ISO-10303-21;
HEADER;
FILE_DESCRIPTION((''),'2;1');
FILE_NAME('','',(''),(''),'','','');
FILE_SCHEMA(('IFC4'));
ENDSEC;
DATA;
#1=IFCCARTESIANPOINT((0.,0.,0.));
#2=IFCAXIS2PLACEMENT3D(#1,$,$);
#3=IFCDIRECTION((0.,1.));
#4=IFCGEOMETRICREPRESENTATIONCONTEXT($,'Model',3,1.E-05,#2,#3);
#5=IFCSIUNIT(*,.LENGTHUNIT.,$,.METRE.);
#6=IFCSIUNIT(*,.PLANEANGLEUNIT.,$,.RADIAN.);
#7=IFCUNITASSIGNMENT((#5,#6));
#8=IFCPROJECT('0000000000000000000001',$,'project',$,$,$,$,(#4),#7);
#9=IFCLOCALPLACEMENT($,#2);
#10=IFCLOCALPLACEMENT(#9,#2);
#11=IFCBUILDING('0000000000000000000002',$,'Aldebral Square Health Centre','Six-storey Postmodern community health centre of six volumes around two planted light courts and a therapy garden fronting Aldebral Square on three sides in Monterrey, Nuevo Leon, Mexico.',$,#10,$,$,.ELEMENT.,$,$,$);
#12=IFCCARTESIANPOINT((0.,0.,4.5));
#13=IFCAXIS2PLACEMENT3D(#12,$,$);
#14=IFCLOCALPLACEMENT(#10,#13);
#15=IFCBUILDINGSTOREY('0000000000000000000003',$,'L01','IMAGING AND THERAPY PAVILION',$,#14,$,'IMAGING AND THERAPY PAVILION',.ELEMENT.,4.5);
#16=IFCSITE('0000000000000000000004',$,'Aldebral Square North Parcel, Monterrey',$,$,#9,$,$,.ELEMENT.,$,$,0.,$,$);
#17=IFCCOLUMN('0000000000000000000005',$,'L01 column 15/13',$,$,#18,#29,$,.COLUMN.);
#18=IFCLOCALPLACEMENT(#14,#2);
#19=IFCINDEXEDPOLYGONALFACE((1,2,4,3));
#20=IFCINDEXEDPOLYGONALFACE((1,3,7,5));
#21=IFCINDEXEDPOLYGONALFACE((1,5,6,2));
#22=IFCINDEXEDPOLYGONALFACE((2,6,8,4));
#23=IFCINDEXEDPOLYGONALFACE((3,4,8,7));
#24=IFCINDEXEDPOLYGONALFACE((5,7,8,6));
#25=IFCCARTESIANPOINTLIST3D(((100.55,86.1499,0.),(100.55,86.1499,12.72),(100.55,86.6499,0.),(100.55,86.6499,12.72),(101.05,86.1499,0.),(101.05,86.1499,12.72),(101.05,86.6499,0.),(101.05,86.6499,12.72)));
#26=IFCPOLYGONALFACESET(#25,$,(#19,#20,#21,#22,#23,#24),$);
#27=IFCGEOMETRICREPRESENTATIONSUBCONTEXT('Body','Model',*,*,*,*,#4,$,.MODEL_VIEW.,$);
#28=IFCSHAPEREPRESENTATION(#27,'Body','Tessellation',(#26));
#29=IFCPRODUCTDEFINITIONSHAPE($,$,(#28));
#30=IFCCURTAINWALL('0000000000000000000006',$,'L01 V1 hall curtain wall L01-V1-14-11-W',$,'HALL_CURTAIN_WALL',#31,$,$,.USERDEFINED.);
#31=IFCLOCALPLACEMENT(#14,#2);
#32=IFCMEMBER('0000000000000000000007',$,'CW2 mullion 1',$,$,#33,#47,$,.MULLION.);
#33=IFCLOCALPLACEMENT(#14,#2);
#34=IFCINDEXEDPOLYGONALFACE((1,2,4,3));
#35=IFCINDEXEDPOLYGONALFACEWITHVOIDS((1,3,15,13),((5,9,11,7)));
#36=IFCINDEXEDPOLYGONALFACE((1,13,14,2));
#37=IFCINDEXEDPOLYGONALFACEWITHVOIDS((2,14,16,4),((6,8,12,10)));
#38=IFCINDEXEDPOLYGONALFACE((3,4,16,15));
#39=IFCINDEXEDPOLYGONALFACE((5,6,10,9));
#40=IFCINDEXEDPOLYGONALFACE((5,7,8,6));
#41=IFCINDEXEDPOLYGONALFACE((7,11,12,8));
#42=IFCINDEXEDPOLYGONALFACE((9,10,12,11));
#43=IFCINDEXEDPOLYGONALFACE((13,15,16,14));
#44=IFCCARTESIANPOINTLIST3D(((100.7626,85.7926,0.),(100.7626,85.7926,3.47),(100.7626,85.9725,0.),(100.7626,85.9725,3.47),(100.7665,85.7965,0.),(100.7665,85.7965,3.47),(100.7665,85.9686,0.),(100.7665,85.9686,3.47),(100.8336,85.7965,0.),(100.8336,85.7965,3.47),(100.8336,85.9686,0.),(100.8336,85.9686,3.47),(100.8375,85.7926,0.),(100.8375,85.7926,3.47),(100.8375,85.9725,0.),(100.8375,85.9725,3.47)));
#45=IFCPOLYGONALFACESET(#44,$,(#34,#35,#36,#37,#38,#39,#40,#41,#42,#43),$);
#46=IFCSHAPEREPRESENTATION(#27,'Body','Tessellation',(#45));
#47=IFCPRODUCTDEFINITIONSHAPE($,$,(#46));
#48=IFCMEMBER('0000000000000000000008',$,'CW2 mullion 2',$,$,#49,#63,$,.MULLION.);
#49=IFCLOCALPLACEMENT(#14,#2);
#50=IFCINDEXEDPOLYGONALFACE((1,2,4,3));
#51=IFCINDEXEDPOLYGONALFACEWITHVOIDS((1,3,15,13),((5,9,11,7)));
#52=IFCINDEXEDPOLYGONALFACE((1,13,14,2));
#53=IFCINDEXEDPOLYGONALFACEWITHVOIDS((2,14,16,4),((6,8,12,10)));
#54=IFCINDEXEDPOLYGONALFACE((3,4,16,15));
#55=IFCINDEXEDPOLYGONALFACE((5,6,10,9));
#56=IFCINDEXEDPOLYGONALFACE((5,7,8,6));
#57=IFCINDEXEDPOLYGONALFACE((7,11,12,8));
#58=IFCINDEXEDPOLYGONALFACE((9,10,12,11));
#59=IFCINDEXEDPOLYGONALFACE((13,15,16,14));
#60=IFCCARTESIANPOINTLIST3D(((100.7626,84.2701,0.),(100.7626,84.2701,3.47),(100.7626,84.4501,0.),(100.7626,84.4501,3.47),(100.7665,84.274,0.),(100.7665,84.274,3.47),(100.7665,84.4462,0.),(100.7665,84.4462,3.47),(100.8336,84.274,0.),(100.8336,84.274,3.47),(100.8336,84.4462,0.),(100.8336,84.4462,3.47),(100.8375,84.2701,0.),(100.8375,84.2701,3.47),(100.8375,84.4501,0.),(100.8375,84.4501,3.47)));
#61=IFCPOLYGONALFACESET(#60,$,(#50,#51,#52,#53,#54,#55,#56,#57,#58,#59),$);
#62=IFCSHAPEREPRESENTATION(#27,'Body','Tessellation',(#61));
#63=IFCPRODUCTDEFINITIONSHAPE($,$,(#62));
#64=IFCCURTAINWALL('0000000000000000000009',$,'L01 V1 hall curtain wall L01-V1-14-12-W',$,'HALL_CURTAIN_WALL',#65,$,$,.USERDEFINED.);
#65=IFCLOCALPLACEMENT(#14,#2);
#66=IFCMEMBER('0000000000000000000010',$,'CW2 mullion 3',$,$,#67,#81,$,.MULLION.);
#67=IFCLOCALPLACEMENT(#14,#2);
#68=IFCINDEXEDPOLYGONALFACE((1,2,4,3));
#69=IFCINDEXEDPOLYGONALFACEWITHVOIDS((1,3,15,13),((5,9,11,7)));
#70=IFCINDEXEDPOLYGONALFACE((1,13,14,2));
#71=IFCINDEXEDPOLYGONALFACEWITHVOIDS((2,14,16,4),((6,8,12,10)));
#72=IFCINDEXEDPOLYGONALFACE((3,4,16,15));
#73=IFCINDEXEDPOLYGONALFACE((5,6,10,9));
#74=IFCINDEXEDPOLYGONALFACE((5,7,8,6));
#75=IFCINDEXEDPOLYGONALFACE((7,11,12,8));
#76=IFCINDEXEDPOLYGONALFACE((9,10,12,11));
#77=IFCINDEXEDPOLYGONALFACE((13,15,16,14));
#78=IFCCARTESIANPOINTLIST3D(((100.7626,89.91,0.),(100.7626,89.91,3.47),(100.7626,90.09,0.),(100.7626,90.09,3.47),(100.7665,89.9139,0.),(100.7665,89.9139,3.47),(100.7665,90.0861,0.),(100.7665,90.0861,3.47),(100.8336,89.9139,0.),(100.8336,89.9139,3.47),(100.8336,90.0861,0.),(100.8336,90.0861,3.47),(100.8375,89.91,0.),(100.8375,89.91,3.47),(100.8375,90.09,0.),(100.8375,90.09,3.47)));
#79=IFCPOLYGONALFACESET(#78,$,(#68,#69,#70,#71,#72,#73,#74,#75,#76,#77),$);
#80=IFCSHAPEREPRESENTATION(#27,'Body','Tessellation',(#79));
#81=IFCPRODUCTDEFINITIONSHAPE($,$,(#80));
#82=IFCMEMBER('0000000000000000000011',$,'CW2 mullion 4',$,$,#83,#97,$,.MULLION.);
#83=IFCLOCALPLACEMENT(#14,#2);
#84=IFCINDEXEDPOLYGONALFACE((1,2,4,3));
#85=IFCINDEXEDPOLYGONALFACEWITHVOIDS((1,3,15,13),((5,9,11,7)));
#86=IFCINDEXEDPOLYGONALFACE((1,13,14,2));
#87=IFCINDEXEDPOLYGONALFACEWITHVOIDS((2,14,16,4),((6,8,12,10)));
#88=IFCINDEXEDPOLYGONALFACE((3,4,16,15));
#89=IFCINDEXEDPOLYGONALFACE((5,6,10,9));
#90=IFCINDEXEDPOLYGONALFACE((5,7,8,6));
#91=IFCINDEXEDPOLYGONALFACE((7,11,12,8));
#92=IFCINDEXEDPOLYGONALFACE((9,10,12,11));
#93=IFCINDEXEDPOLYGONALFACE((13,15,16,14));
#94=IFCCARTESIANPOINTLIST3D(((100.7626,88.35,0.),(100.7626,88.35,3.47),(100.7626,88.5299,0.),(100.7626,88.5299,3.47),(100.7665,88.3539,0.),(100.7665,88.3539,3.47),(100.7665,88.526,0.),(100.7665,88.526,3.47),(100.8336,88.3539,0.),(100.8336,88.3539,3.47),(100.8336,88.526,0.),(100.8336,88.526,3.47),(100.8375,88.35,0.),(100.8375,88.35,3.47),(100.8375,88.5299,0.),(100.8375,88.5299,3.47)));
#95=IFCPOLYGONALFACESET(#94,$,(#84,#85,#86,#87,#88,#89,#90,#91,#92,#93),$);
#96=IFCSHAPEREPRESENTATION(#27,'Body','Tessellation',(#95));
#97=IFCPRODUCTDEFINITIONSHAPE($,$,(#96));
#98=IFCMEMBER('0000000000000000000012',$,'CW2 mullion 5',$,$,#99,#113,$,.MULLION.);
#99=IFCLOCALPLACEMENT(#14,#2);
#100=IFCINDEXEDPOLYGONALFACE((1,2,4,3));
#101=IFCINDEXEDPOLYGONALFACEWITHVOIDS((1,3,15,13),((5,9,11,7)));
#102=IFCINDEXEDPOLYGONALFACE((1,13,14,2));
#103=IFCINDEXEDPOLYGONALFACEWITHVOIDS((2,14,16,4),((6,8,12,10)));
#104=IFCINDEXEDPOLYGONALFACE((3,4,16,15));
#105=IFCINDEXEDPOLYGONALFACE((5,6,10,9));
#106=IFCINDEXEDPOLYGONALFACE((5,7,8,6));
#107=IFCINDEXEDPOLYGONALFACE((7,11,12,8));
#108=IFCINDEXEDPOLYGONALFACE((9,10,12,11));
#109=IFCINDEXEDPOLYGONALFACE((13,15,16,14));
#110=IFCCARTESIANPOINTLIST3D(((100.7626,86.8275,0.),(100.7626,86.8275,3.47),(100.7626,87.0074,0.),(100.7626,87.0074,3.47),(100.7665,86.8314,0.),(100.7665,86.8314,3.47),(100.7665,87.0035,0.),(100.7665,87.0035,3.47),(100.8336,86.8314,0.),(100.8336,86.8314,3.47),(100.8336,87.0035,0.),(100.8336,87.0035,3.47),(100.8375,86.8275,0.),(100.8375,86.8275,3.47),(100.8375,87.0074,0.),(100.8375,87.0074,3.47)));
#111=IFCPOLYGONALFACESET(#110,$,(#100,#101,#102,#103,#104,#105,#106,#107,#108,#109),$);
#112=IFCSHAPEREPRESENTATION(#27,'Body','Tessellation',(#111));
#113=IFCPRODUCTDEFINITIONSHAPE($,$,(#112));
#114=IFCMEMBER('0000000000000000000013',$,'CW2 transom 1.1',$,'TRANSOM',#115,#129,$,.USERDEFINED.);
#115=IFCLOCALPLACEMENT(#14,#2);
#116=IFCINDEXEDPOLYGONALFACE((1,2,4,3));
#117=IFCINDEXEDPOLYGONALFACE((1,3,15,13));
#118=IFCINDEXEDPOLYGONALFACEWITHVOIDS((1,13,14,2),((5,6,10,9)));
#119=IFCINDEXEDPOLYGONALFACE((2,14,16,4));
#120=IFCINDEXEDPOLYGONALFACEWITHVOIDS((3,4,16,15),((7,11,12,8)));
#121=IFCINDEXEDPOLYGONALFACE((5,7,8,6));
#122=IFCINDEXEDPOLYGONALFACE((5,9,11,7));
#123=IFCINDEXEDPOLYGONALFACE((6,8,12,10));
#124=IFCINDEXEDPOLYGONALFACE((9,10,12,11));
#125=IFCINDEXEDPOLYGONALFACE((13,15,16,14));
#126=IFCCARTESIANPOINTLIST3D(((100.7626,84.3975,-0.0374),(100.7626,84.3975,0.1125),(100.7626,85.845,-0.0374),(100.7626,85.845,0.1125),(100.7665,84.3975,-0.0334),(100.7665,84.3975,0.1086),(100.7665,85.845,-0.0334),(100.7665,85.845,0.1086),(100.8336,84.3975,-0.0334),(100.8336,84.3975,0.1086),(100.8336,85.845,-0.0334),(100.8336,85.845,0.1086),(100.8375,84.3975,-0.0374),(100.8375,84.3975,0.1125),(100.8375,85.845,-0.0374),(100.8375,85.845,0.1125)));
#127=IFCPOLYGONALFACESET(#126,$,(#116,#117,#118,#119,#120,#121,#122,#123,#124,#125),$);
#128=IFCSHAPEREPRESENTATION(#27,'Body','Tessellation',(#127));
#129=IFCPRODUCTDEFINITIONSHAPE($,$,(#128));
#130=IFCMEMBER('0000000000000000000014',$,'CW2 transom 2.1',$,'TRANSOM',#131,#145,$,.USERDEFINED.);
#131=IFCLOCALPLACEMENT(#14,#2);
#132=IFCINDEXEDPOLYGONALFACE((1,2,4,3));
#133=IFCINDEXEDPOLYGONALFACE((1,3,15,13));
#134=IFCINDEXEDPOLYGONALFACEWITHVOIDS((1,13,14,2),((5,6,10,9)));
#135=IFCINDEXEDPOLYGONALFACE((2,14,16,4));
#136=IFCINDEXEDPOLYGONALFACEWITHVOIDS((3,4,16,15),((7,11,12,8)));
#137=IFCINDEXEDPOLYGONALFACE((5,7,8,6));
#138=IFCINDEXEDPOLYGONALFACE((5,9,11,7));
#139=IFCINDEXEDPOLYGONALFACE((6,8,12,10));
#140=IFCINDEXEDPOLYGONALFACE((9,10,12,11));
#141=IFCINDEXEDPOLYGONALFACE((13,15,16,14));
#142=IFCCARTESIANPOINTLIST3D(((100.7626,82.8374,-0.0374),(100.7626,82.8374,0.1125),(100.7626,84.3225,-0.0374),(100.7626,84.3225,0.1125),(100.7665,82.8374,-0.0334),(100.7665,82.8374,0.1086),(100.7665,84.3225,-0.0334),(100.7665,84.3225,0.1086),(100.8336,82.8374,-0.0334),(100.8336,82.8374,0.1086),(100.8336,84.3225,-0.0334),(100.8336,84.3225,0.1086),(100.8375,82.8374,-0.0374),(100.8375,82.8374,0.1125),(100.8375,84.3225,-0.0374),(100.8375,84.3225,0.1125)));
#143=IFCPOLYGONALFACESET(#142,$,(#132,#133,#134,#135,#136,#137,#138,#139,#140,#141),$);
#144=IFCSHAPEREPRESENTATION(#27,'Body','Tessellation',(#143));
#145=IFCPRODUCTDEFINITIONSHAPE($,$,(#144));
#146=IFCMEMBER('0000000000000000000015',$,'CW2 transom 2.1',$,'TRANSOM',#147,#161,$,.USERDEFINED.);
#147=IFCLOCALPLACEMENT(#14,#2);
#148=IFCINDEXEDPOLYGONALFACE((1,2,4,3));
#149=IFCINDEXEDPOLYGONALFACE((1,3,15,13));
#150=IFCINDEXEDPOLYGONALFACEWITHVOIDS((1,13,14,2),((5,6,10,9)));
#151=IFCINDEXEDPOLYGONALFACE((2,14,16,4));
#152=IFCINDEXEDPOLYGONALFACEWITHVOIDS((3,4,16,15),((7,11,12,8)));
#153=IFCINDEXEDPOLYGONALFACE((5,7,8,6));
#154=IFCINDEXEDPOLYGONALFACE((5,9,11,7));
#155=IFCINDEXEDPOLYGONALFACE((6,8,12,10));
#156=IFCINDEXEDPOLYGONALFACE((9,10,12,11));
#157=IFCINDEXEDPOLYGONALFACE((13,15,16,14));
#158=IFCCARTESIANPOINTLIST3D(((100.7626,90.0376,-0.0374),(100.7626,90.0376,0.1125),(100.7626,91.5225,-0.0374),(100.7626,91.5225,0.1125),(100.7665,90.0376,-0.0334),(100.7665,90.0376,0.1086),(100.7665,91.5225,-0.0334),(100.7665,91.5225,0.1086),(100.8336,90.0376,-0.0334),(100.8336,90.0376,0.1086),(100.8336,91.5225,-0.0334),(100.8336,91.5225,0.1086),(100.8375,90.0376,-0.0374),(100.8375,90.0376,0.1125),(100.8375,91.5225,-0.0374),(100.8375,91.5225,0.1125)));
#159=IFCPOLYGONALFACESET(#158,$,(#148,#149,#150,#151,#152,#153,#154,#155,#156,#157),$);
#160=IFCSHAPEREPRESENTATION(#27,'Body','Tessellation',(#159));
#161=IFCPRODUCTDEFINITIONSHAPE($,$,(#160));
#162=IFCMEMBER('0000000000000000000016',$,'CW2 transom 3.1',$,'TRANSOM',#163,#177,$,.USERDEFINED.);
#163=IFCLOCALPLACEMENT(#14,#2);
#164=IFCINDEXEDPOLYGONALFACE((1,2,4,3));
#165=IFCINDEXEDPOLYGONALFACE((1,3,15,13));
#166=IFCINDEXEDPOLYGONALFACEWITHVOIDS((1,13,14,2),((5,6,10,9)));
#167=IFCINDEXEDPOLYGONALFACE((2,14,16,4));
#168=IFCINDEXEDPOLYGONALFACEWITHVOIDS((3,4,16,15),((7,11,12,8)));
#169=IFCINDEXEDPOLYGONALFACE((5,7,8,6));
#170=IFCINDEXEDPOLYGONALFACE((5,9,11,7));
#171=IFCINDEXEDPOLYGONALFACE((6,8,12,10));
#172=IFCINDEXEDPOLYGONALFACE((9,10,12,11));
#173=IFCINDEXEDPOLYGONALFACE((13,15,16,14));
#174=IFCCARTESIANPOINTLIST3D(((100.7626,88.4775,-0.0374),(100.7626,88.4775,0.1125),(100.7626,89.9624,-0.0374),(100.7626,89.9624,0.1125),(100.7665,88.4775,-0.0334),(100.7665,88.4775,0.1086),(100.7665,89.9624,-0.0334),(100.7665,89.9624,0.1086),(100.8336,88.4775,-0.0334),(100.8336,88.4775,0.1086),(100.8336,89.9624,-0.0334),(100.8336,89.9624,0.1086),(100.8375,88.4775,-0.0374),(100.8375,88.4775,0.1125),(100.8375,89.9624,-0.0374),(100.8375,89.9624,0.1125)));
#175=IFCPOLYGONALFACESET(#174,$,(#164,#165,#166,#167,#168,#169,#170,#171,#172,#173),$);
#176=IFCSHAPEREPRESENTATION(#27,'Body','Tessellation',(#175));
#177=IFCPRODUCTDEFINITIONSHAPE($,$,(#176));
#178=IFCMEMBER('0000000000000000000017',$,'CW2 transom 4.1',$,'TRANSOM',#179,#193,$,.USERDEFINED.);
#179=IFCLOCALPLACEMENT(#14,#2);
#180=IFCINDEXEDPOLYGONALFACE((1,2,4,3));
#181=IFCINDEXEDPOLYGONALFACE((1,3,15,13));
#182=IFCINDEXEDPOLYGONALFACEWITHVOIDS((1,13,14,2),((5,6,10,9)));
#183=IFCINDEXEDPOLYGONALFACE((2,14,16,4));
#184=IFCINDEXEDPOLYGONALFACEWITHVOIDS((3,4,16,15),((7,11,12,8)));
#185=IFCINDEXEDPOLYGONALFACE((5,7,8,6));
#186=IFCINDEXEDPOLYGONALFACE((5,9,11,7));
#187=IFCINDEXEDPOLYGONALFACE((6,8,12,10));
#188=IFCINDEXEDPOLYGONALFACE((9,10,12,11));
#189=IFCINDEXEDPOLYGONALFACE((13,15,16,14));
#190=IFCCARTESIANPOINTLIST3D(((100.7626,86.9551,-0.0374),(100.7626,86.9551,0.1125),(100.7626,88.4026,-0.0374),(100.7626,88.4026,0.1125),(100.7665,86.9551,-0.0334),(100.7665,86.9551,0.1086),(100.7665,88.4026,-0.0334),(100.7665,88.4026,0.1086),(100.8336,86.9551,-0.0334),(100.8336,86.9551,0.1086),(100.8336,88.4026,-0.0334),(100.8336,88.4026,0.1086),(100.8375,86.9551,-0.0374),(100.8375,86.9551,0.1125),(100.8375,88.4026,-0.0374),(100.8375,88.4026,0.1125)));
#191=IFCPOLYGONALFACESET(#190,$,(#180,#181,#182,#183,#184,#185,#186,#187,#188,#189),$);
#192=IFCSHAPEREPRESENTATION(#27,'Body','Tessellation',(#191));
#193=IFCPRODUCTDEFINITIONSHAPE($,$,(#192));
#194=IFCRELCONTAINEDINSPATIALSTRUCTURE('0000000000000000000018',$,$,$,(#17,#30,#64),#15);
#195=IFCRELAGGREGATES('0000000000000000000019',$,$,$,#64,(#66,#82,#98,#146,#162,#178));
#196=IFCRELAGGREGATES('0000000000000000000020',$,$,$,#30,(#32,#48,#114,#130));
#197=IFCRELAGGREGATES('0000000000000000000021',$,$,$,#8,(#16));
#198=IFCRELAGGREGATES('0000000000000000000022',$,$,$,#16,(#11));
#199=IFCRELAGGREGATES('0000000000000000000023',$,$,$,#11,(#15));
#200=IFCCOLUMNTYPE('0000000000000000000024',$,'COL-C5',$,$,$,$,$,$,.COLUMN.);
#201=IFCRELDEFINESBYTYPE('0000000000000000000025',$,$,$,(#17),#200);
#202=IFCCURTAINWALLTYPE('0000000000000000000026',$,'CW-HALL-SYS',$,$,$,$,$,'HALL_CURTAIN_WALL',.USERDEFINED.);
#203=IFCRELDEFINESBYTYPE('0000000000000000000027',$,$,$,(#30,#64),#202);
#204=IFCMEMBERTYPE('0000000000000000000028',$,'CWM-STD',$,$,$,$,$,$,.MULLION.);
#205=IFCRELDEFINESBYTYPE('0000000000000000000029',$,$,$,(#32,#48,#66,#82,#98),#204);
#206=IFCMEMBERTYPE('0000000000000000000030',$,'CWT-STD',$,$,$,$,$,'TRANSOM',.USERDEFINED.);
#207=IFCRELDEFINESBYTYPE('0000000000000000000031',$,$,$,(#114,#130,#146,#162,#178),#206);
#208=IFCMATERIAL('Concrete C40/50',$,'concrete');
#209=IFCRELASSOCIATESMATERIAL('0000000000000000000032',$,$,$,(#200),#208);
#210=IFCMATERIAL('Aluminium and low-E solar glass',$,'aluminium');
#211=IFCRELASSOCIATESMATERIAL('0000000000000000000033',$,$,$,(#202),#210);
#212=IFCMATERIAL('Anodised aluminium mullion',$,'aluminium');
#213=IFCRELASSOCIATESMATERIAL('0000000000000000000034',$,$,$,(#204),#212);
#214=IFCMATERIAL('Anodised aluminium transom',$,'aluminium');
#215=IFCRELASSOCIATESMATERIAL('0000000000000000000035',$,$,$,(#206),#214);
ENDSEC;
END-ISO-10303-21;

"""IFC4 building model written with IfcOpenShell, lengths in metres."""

from ifc_helpers import new_model, si_unit, direction, frame, origin, origin_2d, place, context, subcontext, project, spatial, rectangle, hollow_rectangle, extrude, material, material_profile, profile_set, type_object, element, aggregate, save


model = new_model("IFC4")

# Units and contexts
model_context = context("Model", 3, precision=1e-05, world=origin(), true_north=direction((0.0, 1.0)))
body_context = subcontext(model_context, "Body", "Model", "MODEL_VIEW")
ifc_project = project(units=[si_unit("LENGTHUNIT", "METRE"), si_unit("PLANEANGLEUNIT", "RADIAN")], contexts=[model_context])

# Site, building, storey
site_placement = place(None, origin())
site = spatial("IfcSite", under=ifc_project, at=site_placement, Name="Aldebral Square North Parcel, Monterrey", CompositionType="ELEMENT", RefElevation=0.0)
building_placement = place(site_placement, origin())
building = spatial("IfcBuilding", under=site, at=building_placement, Name="Aldebral Square Health Centre", Description="Six-storey Postmodern community health centre of six volumes around two planted light courts and a therapy garden fronting Aldebral Square on three sides in Monterrey, Nuevo Leon, Mexico.", CompositionType="ELEMENT")
storey_placement = place(building_placement, frame((0.0, 0.0, 4.5)))
storey = spatial("IfcBuildingStorey", under=building, at=storey_placement, Name="L01", Description="IMAGING AND THERAPY PAVILION", LongName="IMAGING AND THERAPY PAVILION", CompositionType="ELEMENT", Elevation=4.5)

# Column
ifc_material_1 = material(Name="Concrete C40/50", Category="concrete")
ifc_material_profile_1 = material_profile(ifc_material_1, rectangle(XDim=0.5, YDim=0.5, at=origin_2d()), Name="RC 500x500")
ifc_profile_set_1 = profile_set([ifc_material_profile_1], Name="Concrete C40/50")
column_type = type_object("IfcColumnType", Name="COL-C5", PredefinedType="COLUMN", material=ifc_profile_set_1)
column_placement = place(storey_placement, frame((100.8, 86.3999, 0.0), z_axis=(0.0, 0.0, 1.0), x_axis=(1.0, 0.0, 0.0)))
element("IfcColumn", 1, at=column_placement, inside=storey, type_object=column_type, Name="L01 column 15/13", PredefinedType="COLUMN", context=body_context, shape_type="SweptSolid", body=[
    extrude(rectangle(XDim=0.5, YDim=0.5, at=origin_2d()), origin(), (0.0, 0.0, 1.0), 12.72),
])

# Curtain walls, members
ifc_material_2 = material(Name="Aluminium and low-E solar glass", Category="aluminium")
curtain_wall_type = type_object("IfcCurtainWallType", Name="CW-HALL-SYS", ElementType="HALL_CURTAIN_WALL", PredefinedType="USERDEFINED", material=ifc_material_2)
curtain_wall_1_placement = place(storey_placement, origin())
curtain_wall_1 = element("IfcCurtainWall", 2, at=curtain_wall_1_placement, inside=storey, type_object=curtain_wall_type, Name="L01 V1 hall curtain wall L01-V1-14-11-W", ObjectType="HALL_CURTAIN_WALL", PredefinedType="USERDEFINED")
ifc_material_3 = material(Name="Anodised aluminium mullion", Category="aluminium")
ifc_material_profile_2 = material_profile(ifc_material_3, hollow_rectangle(XDim=0.075, YDim=0.1799, WallThickness=0.0039, at=origin_2d()), Name="CWM 75x180x4")
ifc_profile_set_2 = profile_set([ifc_material_profile_2], Name="Anodised aluminium mullion")
member_type_1 = type_object("IfcMemberType", Name="CWM-STD", PredefinedType="MULLION", material=ifc_profile_set_2)
member_1_placement = place(storey_placement, frame((100.8, 85.8826, 0.0), z_axis=(0.0, 0.0, 1.0), x_axis=(1.0, 0.0, 0.0)))
member_1 = element("IfcMember", 3, at=member_1_placement, type_object=member_type_1, Name="CW2 mullion 1", PredefinedType="MULLION", context=body_context, shape_type="SweptSolid", body=[
    extrude(hollow_rectangle(XDim=0.075, YDim=0.1799, WallThickness=0.0039, at=origin_2d()), origin(), (0.0, 0.0, 1.0), 3.47),
])
member_2_placement = place(storey_placement, frame((100.8, 84.3601, 0.0), z_axis=(0.0, 0.0, 1.0), x_axis=(1.0, 0.0, 0.0)))
member_2 = element("IfcMember", 4, at=member_2_placement, type_object=member_type_1, Name="CW2 mullion 2", PredefinedType="MULLION", context=body_context, shape_type="SweptSolid", body=[
    extrude(hollow_rectangle(XDim=0.075, YDim=0.1799, WallThickness=0.0039, at=origin_2d()), origin(), (0.0, 0.0, 1.0), 3.47),
])
curtain_wall_2_placement = place(storey_placement, origin())
curtain_wall_2 = element("IfcCurtainWall", 5, at=curtain_wall_2_placement, inside=storey, type_object=curtain_wall_type, Name="L01 V1 hall curtain wall L01-V1-14-12-W", ObjectType="HALL_CURTAIN_WALL", PredefinedType="USERDEFINED")
member_3_placement = place(storey_placement, frame((100.8, 90.0, 0.0), z_axis=(0.0, 0.0, 1.0), x_axis=(1.0, 0.0, 0.0)))
member_3 = element("IfcMember", 6, at=member_3_placement, type_object=member_type_1, Name="CW2 mullion 3", PredefinedType="MULLION", context=body_context, shape_type="SweptSolid", body=[
    extrude(hollow_rectangle(XDim=0.075, YDim=0.1799, WallThickness=0.0039, at=origin_2d()), origin(), (0.0, 0.0, 1.0), 3.47),
])
member_4_placement = place(storey_placement, frame((100.8, 88.4399, 0.0), z_axis=(0.0, 0.0, 1.0), x_axis=(1.0, 0.0, 0.0)))
member_4 = element("IfcMember", 7, at=member_4_placement, type_object=member_type_1, Name="CW2 mullion 4", PredefinedType="MULLION", context=body_context, shape_type="SweptSolid", body=[
    extrude(hollow_rectangle(XDim=0.075, YDim=0.1799, WallThickness=0.0039, at=origin_2d()), origin(), (0.0, 0.0, 1.0), 3.47),
])
member_5_placement = place(storey_placement, frame((100.8, 86.9175, 0.0), z_axis=(0.0, 0.0, 1.0), x_axis=(1.0, 0.0, 0.0)))
member_5 = element("IfcMember", 8, at=member_5_placement, type_object=member_type_1, Name="CW2 mullion 5", PredefinedType="MULLION", context=body_context, shape_type="SweptSolid", body=[
    extrude(hollow_rectangle(XDim=0.075, YDim=0.1799, WallThickness=0.0039, at=origin_2d()), origin(), (0.0, 0.0, 1.0), 3.47),
])

# Members
ifc_material_4 = material(Name="Anodised aluminium transom", Category="aluminium")
ifc_material_profile_3 = material_profile(ifc_material_4, hollow_rectangle(XDim=0.075, YDim=0.1499, WallThickness=0.0039, at=origin_2d()), Name="CWT 75x150x4")
ifc_profile_set_3 = profile_set([ifc_material_profile_3], Name="Anodised aluminium transom")
member_type_2 = type_object("IfcMemberType", Name="CWT-STD", ElementType="TRANSOM", PredefinedType="USERDEFINED", material=ifc_profile_set_3)
member_6_placement = place(storey_placement, frame((100.8, 85.845, 0.0376), z_axis=(0.0, -1.0, 0.0), x_axis=(1.0, 0.0, 0.0)))
member_6 = element("IfcMember", 9, at=member_6_placement, type_object=member_type_2, Name="CW2 transom 1.1", ObjectType="TRANSOM", PredefinedType="USERDEFINED", context=body_context, shape_type="SweptSolid", body=[
    extrude(hollow_rectangle(XDim=0.075, YDim=0.1499, WallThickness=0.0039, at=origin_2d()), origin(), (0.0, 0.0, 1.0), 1.4475),
])
member_7_placement = place(storey_placement, frame((100.8, 84.3225, 0.0376), z_axis=(0.0, -1.0, 0.0), x_axis=(1.0, 0.0, 0.0)))
member_7 = element("IfcMember", 10, at=member_7_placement, type_object=member_type_2, Name="CW2 transom 2.1", ObjectType="TRANSOM", PredefinedType="USERDEFINED", context=body_context, shape_type="SweptSolid", body=[
    extrude(hollow_rectangle(XDim=0.075, YDim=0.1499, WallThickness=0.0039, at=origin_2d()), origin(), (0.0, 0.0, 1.0), 1.4851),
])
member_8_placement = place(storey_placement, frame((100.8, 91.5225, 0.0376), z_axis=(0.0, -1.0, 0.0), x_axis=(1.0, 0.0, 0.0)))
member_8 = element("IfcMember", 11, at=member_8_placement, type_object=member_type_2, Name="CW2 transom 2.1", ObjectType="TRANSOM", PredefinedType="USERDEFINED", context=body_context, shape_type="SweptSolid", body=[
    extrude(hollow_rectangle(XDim=0.075, YDim=0.1499, WallThickness=0.0039, at=origin_2d()), origin(), (0.0, 0.0, 1.0), 1.4849),
])
member_9_placement = place(storey_placement, frame((100.8, 89.9624, 0.0376), z_axis=(0.0, -1.0, 0.0), x_axis=(1.0, 0.0, 0.0)))
member_9 = element("IfcMember", 12, at=member_9_placement, type_object=member_type_2, Name="CW2 transom 3.1", ObjectType="TRANSOM", PredefinedType="USERDEFINED", context=body_context, shape_type="SweptSolid", body=[
    extrude(hollow_rectangle(XDim=0.075, YDim=0.1499, WallThickness=0.0039, at=origin_2d()), origin(), (0.0, 0.0, 1.0), 1.4849),
])
member_10_placement = place(storey_placement, frame((100.8, 88.4026, 0.0376), z_axis=(0.0, -1.0, 0.0), x_axis=(1.0, 0.0, 0.0)))
member_10 = element("IfcMember", 13, at=member_10_placement, type_object=member_type_2, Name="CW2 transom 4.1", ObjectType="TRANSOM", PredefinedType="USERDEFINED", context=body_context, shape_type="SweptSolid", body=[
    extrude(hollow_rectangle(XDim=0.075, YDim=0.1499, WallThickness=0.0039, at=origin_2d()), origin(), (0.0, 0.0, 1.0), 1.4475),
])
aggregate(curtain_wall_2, [member_3, member_4, member_5, member_8, member_9, member_10])

aggregate(curtain_wall_1, [member_1, member_2, member_6, member_7])

save(model, "model.ifc")
